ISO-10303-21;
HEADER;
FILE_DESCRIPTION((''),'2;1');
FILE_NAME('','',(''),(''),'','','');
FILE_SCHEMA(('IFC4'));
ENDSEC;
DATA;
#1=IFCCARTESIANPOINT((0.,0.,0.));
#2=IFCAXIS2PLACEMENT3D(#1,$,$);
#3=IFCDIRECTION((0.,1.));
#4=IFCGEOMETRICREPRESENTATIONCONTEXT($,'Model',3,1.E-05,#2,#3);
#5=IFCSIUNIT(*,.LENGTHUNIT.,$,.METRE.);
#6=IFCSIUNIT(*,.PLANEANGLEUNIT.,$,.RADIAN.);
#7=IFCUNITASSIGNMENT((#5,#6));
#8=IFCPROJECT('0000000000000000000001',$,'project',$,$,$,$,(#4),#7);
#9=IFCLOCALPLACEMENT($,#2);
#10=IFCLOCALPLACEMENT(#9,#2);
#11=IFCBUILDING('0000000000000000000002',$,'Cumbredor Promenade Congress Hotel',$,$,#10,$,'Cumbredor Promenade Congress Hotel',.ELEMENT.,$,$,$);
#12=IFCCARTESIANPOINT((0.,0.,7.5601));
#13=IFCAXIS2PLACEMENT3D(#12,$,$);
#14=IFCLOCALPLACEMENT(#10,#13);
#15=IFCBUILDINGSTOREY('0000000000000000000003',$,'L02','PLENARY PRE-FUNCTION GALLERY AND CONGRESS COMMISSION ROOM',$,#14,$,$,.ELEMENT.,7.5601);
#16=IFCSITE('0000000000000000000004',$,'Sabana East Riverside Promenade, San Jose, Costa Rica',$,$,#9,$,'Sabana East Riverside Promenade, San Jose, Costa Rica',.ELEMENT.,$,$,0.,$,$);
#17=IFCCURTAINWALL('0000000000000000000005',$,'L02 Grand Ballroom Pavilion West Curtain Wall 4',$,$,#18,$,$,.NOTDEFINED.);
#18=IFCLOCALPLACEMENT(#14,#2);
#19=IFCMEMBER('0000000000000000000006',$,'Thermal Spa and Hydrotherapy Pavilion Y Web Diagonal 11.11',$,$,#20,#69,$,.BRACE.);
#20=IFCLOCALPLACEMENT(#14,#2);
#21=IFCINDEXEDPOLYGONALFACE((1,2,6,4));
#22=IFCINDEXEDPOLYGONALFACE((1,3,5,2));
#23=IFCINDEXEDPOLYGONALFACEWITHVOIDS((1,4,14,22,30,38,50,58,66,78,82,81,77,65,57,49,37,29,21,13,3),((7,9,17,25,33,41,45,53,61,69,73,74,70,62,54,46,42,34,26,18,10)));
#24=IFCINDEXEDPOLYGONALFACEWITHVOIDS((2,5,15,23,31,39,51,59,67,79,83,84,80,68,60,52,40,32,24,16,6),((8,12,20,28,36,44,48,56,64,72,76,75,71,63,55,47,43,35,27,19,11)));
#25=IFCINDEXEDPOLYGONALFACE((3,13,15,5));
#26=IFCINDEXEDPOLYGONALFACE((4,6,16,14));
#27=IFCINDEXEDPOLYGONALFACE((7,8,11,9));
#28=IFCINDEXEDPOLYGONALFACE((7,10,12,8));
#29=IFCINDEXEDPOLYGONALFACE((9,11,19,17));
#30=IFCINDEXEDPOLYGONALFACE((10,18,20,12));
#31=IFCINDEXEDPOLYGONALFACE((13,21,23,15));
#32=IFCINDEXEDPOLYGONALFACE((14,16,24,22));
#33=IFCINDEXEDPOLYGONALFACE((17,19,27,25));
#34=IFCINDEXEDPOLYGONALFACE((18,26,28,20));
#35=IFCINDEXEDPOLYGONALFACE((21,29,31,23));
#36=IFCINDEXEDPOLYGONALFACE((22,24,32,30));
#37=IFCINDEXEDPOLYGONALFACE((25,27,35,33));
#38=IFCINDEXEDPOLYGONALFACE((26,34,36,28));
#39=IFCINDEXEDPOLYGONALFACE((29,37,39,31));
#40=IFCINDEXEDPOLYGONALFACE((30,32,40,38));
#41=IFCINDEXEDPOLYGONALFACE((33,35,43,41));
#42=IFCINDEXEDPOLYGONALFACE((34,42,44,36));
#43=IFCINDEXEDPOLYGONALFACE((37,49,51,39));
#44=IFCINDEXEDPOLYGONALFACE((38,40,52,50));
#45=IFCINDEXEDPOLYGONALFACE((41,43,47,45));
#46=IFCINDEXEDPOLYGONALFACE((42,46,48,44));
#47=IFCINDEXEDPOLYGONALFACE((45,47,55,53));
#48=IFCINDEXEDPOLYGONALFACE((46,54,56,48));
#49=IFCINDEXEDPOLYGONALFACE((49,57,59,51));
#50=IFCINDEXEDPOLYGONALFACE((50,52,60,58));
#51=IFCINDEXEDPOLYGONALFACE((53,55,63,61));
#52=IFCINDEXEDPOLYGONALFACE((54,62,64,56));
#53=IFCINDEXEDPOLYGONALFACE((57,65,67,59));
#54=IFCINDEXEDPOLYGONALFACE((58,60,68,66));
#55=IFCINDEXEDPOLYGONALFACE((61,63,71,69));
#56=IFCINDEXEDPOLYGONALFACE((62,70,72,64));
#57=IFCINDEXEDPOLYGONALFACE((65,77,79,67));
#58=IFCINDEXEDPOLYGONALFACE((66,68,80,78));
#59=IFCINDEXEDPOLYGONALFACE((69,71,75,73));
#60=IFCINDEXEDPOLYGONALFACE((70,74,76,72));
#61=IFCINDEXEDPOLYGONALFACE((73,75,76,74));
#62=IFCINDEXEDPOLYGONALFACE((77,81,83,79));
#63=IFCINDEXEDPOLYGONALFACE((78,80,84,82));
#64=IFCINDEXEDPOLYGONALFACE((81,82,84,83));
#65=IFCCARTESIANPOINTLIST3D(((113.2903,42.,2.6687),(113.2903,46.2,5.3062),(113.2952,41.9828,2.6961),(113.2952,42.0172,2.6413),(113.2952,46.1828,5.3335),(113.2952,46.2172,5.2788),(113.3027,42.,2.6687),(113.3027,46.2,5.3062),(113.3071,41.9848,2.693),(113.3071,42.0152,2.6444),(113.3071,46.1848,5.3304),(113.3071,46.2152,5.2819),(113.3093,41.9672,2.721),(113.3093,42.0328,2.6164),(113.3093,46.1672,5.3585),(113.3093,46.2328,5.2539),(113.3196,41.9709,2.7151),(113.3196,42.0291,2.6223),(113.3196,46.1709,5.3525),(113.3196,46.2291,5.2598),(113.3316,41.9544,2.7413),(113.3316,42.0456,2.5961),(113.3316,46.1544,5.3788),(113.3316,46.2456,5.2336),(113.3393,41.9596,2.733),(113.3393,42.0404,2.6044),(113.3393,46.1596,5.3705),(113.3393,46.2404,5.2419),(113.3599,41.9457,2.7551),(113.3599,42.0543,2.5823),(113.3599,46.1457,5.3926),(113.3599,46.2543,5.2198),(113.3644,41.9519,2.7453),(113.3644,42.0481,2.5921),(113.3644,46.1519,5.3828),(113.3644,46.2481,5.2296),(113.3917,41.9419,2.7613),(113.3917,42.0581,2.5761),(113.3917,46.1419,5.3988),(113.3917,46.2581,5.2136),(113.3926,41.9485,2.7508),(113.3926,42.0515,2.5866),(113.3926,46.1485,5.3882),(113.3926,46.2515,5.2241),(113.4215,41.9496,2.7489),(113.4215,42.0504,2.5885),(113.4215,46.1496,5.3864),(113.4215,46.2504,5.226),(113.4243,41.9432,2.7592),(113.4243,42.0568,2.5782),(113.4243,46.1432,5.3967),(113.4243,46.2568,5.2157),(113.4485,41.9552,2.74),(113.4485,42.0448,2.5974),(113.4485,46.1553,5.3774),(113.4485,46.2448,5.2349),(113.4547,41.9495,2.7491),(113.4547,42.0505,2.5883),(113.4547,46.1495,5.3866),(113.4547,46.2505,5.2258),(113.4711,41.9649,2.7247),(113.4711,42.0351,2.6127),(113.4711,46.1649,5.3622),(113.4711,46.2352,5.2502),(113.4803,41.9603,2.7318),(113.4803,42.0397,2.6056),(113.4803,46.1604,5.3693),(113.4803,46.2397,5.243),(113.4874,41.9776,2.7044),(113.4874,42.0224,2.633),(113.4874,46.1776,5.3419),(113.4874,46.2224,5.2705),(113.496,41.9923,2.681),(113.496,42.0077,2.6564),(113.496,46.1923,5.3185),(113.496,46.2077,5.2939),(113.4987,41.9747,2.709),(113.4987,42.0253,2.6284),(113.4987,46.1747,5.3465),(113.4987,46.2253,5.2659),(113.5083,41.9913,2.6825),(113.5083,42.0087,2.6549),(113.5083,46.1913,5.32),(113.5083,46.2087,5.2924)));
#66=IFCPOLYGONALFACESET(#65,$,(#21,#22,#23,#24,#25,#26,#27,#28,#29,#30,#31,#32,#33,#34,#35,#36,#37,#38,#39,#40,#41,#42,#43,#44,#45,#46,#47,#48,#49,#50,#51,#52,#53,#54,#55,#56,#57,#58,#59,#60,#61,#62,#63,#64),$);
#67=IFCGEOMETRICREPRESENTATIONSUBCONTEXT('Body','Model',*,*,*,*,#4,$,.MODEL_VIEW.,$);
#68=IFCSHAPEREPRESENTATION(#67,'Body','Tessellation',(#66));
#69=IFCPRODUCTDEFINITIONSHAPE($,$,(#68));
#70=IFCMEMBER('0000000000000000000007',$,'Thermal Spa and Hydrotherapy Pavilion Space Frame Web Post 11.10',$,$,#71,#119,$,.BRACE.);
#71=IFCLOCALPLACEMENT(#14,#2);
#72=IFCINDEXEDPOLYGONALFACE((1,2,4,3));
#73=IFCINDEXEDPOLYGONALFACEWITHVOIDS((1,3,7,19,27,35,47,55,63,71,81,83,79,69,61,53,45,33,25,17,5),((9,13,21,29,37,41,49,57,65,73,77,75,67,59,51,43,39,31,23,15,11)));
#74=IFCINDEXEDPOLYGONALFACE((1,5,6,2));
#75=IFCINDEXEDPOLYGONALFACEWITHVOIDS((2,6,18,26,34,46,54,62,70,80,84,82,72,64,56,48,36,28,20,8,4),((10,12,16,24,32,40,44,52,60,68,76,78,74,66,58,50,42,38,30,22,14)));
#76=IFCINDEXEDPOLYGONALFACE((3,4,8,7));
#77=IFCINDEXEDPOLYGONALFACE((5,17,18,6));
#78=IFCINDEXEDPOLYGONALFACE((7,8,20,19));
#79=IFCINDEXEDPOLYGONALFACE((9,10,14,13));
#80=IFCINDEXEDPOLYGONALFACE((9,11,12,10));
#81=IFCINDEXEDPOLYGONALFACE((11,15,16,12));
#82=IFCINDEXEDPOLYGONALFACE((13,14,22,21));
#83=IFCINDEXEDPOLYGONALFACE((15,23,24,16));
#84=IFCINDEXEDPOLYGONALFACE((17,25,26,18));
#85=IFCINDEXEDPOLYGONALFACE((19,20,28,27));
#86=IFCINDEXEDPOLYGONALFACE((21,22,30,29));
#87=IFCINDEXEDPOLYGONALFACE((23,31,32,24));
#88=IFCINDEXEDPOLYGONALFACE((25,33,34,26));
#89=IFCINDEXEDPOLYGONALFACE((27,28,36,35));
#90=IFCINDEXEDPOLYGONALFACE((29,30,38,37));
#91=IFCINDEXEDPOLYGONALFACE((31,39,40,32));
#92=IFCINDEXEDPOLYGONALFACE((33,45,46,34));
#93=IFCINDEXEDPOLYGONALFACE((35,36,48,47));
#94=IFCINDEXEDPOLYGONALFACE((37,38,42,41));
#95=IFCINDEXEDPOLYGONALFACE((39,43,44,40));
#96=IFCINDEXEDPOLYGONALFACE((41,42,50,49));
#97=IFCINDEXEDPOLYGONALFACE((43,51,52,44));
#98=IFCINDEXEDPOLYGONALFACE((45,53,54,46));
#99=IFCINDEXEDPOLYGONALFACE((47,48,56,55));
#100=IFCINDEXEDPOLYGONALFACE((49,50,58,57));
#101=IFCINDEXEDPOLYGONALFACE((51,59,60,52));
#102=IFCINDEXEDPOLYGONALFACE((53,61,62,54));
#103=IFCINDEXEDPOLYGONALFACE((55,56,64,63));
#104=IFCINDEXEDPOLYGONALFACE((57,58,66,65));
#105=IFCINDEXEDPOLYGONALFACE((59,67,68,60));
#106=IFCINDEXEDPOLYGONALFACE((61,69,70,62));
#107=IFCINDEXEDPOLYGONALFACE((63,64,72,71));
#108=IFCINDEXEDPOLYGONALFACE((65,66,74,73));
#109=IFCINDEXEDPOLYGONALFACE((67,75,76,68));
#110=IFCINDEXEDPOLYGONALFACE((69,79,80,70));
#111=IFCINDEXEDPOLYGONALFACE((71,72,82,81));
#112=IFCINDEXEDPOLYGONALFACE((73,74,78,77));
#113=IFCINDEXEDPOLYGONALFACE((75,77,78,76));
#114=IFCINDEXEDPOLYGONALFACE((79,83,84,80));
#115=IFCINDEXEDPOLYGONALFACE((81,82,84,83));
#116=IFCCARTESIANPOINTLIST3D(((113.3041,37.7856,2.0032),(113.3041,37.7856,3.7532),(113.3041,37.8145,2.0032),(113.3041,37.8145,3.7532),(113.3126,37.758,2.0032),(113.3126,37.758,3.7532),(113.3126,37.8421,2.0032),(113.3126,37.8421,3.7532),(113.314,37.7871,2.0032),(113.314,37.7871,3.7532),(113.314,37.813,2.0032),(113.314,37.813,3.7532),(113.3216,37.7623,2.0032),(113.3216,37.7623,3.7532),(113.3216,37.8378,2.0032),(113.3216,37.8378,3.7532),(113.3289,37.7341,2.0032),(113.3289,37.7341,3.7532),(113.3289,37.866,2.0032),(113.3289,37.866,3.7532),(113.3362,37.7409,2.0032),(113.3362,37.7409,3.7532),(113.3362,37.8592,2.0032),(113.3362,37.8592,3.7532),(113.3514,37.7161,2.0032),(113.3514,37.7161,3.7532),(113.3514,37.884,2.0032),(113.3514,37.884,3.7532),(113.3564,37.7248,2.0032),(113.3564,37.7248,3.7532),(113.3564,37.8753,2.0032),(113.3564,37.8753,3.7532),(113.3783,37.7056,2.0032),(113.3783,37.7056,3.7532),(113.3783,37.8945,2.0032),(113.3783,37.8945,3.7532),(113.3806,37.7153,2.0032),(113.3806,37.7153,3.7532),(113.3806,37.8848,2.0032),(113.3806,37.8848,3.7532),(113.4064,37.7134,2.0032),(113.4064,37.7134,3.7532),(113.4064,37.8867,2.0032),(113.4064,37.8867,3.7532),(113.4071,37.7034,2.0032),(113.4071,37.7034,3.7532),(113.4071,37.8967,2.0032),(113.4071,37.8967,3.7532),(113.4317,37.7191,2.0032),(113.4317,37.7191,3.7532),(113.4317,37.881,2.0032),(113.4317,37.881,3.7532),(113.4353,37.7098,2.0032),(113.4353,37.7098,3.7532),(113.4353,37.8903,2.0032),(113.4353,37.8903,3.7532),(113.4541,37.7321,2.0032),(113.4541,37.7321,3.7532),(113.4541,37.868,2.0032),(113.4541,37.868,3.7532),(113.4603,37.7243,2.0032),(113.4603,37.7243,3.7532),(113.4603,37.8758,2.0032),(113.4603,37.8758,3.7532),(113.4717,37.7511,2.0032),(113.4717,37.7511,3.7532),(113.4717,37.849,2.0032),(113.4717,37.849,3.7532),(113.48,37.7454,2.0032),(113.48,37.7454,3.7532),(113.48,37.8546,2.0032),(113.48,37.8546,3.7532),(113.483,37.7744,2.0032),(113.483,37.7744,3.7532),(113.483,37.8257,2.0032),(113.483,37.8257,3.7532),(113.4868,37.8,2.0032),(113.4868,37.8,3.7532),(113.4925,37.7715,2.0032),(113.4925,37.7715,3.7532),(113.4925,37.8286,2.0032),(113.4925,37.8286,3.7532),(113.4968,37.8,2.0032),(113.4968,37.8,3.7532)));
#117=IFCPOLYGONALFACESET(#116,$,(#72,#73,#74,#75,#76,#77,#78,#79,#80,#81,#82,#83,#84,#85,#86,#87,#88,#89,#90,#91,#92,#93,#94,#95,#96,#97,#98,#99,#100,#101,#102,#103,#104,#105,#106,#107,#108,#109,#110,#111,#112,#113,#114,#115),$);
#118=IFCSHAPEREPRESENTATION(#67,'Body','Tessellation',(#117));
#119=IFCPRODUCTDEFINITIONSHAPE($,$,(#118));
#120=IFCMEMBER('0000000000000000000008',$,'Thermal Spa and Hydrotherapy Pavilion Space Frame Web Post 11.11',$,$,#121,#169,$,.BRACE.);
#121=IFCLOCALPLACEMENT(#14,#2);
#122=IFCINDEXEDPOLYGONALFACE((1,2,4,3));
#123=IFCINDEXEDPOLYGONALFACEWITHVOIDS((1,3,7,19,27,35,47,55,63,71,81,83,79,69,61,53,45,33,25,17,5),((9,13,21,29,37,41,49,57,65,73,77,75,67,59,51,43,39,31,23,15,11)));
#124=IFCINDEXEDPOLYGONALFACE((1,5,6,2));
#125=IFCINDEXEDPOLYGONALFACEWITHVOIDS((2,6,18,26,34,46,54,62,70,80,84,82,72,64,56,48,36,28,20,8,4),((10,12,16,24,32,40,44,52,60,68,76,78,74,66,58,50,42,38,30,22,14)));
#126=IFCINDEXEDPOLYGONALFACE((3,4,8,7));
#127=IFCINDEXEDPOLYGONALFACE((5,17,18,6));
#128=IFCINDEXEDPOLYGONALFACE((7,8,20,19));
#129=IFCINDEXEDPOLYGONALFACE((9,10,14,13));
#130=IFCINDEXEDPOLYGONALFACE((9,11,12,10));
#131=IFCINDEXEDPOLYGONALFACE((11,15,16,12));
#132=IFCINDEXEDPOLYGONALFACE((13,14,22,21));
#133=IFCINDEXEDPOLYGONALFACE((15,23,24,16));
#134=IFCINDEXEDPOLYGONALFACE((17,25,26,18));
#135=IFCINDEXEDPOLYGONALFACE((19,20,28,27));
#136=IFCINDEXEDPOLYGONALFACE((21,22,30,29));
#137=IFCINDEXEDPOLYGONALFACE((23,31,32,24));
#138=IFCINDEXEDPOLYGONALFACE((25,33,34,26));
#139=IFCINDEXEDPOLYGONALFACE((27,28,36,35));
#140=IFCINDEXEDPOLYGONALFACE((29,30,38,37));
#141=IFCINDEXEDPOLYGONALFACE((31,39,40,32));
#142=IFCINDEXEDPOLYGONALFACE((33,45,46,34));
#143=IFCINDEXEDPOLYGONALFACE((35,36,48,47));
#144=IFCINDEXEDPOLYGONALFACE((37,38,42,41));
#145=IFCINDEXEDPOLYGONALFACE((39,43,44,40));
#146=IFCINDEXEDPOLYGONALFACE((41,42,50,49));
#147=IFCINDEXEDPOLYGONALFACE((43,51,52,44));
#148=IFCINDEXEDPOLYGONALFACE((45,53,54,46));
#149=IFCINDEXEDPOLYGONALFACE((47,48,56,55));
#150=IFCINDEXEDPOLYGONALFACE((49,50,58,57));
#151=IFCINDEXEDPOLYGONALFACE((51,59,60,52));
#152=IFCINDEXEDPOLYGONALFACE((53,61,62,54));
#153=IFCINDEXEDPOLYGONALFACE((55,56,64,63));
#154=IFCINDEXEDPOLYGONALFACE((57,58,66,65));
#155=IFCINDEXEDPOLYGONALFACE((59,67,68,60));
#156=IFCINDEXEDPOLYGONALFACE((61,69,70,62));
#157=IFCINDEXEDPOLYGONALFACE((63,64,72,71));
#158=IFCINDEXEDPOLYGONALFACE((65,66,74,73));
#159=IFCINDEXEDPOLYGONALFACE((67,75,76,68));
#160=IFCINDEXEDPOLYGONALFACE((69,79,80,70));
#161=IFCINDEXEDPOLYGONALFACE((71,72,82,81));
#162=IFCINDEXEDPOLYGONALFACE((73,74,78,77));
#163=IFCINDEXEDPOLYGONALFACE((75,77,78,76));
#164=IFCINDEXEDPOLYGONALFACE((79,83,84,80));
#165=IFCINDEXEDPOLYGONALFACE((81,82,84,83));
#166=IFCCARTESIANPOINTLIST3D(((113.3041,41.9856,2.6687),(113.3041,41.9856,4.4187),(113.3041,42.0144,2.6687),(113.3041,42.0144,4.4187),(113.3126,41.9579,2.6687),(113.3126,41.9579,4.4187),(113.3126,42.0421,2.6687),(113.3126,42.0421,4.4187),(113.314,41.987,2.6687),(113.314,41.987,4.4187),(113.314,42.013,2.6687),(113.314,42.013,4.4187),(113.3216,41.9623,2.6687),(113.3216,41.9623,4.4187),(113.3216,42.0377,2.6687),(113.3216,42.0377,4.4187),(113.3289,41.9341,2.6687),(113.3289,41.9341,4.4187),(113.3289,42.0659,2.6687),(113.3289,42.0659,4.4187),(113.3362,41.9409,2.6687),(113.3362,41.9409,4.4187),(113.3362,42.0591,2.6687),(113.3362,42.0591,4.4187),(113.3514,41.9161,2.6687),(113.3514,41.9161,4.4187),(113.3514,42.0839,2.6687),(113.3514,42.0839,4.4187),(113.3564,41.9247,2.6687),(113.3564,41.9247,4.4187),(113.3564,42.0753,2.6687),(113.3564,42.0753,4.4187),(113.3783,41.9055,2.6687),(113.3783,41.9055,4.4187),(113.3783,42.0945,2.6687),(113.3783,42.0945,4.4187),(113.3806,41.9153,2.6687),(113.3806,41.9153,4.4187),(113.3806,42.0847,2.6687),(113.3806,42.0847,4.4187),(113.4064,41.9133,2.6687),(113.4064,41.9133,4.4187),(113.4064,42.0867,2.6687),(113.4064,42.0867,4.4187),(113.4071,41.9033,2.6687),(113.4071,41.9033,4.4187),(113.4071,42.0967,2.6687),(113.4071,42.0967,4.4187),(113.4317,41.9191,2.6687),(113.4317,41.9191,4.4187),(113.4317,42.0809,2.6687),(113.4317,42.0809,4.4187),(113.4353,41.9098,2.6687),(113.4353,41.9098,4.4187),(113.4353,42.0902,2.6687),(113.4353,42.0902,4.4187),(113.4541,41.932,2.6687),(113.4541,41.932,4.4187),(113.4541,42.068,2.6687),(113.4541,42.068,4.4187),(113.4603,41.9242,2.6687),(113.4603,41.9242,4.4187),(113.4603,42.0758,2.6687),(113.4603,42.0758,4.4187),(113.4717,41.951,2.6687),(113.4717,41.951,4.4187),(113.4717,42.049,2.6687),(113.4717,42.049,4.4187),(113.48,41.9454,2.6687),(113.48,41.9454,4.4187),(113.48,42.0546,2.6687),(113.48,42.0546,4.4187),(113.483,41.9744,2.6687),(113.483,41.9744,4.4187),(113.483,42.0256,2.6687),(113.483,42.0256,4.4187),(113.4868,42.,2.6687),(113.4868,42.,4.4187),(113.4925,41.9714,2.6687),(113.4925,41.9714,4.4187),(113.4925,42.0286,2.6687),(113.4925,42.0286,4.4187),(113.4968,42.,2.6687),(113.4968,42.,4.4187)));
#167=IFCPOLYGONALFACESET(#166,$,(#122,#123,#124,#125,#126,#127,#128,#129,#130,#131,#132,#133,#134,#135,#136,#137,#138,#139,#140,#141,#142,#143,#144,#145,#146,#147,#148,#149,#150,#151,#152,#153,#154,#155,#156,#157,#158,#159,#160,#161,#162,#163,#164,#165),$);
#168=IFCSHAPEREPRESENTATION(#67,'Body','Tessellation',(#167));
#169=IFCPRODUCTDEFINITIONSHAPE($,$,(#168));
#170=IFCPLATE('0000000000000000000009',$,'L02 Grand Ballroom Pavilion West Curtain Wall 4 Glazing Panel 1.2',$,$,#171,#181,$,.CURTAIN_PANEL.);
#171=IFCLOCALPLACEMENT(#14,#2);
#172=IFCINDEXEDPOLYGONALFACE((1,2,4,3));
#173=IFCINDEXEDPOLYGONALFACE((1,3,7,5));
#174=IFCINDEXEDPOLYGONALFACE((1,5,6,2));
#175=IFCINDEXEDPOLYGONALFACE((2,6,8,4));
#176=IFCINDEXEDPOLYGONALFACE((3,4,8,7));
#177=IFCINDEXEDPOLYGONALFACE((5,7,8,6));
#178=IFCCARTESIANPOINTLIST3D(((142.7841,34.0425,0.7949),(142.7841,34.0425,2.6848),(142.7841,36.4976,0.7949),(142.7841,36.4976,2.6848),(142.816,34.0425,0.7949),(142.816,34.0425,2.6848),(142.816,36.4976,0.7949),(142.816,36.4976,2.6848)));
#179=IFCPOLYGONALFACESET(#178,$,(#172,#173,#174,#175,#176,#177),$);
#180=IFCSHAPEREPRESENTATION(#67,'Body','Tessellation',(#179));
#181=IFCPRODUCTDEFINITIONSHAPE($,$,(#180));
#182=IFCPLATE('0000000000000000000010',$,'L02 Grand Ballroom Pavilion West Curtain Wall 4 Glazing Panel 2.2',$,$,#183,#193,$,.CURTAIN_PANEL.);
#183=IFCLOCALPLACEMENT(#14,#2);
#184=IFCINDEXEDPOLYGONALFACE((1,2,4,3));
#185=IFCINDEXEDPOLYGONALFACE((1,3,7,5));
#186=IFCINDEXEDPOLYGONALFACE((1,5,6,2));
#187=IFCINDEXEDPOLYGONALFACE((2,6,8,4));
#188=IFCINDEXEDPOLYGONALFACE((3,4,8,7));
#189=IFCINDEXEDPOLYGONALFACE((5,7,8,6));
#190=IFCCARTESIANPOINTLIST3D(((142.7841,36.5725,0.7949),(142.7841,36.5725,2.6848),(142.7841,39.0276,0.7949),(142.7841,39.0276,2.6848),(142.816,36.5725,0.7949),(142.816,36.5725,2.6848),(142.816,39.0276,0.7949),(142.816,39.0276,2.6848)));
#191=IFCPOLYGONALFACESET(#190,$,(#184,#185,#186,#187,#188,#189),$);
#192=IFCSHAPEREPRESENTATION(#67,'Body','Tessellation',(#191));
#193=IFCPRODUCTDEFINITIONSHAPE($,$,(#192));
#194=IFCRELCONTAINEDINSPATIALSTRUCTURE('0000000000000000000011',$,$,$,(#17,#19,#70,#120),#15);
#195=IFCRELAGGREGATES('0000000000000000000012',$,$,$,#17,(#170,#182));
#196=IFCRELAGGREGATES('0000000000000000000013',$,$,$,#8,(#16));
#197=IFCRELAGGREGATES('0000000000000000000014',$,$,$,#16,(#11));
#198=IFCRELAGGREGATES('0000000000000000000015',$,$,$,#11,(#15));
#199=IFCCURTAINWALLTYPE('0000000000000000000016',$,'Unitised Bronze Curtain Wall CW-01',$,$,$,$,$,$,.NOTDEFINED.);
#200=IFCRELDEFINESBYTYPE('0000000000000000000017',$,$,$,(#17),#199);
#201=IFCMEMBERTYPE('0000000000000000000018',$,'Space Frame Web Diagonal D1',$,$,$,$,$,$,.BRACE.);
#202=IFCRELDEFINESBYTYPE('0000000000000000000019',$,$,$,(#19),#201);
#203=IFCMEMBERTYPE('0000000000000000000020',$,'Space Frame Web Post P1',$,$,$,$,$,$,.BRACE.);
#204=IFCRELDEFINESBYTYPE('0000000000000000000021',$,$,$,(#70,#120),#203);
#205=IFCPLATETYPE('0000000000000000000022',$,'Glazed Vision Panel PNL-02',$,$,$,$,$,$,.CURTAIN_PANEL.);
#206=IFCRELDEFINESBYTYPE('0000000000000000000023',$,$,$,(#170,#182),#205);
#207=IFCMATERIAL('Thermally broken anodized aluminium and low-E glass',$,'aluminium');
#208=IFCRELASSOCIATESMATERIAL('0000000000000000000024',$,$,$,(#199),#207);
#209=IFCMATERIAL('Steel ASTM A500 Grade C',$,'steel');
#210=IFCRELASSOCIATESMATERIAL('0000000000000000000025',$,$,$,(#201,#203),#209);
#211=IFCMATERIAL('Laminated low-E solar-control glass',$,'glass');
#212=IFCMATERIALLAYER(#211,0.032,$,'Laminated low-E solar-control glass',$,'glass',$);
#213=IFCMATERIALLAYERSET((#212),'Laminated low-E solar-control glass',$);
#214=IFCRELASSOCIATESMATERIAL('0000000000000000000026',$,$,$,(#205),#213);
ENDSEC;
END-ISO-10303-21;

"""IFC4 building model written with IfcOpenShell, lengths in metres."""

from ifc_helpers import new_model, si_unit, direction, frame, origin, origin_2d, place, context, subcontext, project, spatial, rectangle, hollow_circle, extrude, material, layer, layer_set, material_profile, profile_set, type_object, element, aggregate, save


model = new_model("IFC4")

# Units and contexts
model_context = context("Model", 3, precision=1e-05, world=origin(), true_north=direction((0.0, 1.0)))
body_context = subcontext(model_context, "Body", "Model", "MODEL_VIEW")
ifc_project = project(units=[si_unit("LENGTHUNIT", "METRE"), si_unit("PLANEANGLEUNIT", "RADIAN")], contexts=[model_context])

# Site, building, storey
site_placement = place(None, origin())
site = spatial("IfcSite", under=ifc_project, at=site_placement, Name="Sabana East Riverside Promenade, San Jose, Costa Rica", LongName="Sabana East Riverside Promenade, San Jose, Costa Rica", CompositionType="ELEMENT", RefElevation=0.0)
building_placement = place(site_placement, origin())
building = spatial("IfcBuilding", under=site, at=building_placement, Name="Cumbredor Promenade Congress Hotel", LongName="Cumbredor Promenade Congress Hotel", CompositionType="ELEMENT")
storey_placement = place(building_placement, frame((0.0, 0.0, 7.5601)))
storey = spatial("IfcBuildingStorey", under=building, at=storey_placement, Name="L02", Description="PLENARY PRE-FUNCTION GALLERY AND CONGRESS COMMISSION ROOM", CompositionType="ELEMENT", Elevation=7.5601)

# Shared definitions
ifc_material_1 = material(Name="Thermally broken anodized aluminium and low-E glass", Category="aluminium")
curtain_wall_type = type_object("IfcCurtainWallType", Name="Unitised Bronze Curtain Wall CW-01", PredefinedType="NOTDEFINED", material=ifc_material_1)

# Curtain wall
curtain_wall_1_placement = place(storey_placement, origin())
curtain_wall_1 = element("IfcCurtainWall", 1, at=curtain_wall_1_placement, inside=storey, type_object=curtain_wall_type, Name="L02 Grand Ballroom Pavilion West Curtain Wall 4", PredefinedType="NOTDEFINED")

# Members
ifc_material_2 = material(Name="Steel ASTM A500 Grade C", Category="steel")
ifc_material_profile_1 = material_profile(ifc_material_2, hollow_circle(Radius=0.1096, WallThickness=0.0125, at=origin_2d()), Name="CHS 219.1x12.5")
ifc_profile_set_1 = profile_set([ifc_material_profile_1], Name="Steel ASTM A500 Grade C")
member_type_1 = type_object("IfcMemberType", Name="Space Frame Web Diagonal D1", PredefinedType="BRACE", material=ifc_profile_set_1)
member_1_placement = place(storey_placement, frame((113.3999, 42.0, 2.6687), z_axis=(0.0, 0.846865, 0.531808), x_axis=(-1.0, 0.0, 0.0)))
element("IfcMember", 2, at=member_1_placement, inside=storey, type_object=member_type_1, Name="Thermal Spa and Hydrotherapy Pavilion Y Web Diagonal 11.11", PredefinedType="BRACE", context=body_context, shape_type="SweptSolid", body=[
    extrude(hollow_circle(Radius=0.1096, WallThickness=0.0125, at=origin_2d()), origin(), (0.0, 0.0, 1.0), 4.9595),
])
ifc_material_profile_2 = material_profile(ifc_material_2, hollow_circle(Radius=0.0969, WallThickness=0.01, at=origin_2d()), Name="CHS 193.7x10")
ifc_profile_set_2 = profile_set([ifc_material_profile_2], Name="Steel ASTM A500 Grade C")
member_type_2 = type_object("IfcMemberType", Name="Space Frame Web Post P1", PredefinedType="BRACE", material=ifc_profile_set_2)
for number, where, z_axis, x_axis, name in (
    (3, (113.3999, 37.8, 2.0032), (0.0, 0.0, 1.0), (1.0, 0.0, 0.0), "Thermal Spa and Hydrotherapy Pavilion Space Frame Web Post 11.10"),
    (4, (113.3999, 42.0, 2.6687), (0.0, 0.0, 1.0), (1.0, 0.0, 0.0), "Thermal Spa and Hydrotherapy Pavilion Space Frame Web Post 11.11"),
):
    element("IfcMember", number, at=place(storey_placement, frame(where, z_axis=z_axis, x_axis=x_axis)), inside=storey, type_object=member_type_2, Name=name, PredefinedType="BRACE", context=body_context, shape_type="SweptSolid", body=[
        extrude(hollow_circle(Radius=0.0969, WallThickness=0.01, at=origin_2d()), origin(), (0.0, 0.0, 1.0), 1.75),
    ])

# Plates
ifc_material_3 = material(Name="Laminated low-E solar-control glass", Category="glass")
ifc_layer_1 = layer(ifc_material_3, 0.032, Name="Laminated low-E solar-control glass", Category="glass")
ifc_layer_set_1 = layer_set([ifc_layer_1], Name="Laminated low-E solar-control glass")
plate_type_1 = type_object("IfcPlateType", Name="Glazed Vision Panel PNL-02", PredefinedType="CURTAIN_PANEL", material=ifc_layer_set_1)
plate_1_placement = place(storey_placement, frame((142.8, 35.27, 0.7949), z_axis=(0.0, 0.0, 1.0), x_axis=(0.0, 1.0, 0.0)))
plate_1 = element("IfcPlate", 5, at=plate_1_placement, type_object=plate_type_1, Name="L02 Grand Ballroom Pavilion West Curtain Wall 4 Glazing Panel 1.2", PredefinedType="CURTAIN_PANEL", context=body_context, shape_type="SweptSolid", body=[
    extrude(rectangle(XDim=2.4551, YDim=0.032, at=origin_2d()), origin(), (0.0, 0.0, 1.0), 1.8899),
])
plate_2_placement = place(storey_placement, frame((142.8, 37.8, 0.7949), z_axis=(0.0, 0.0, 1.0), x_axis=(0.0, 1.0, 0.0)))
plate_2 = element("IfcPlate", 6, at=plate_2_placement, type_object=plate_type_1, Name="L02 Grand Ballroom Pavilion West Curtain Wall 4 Glazing Panel 2.2", PredefinedType="CURTAIN_PANEL", context=body_context, shape_type="SweptSolid", body=[
    extrude(rectangle(XDim=2.4551, YDim=0.032, at=origin_2d()), origin(), (0.0, 0.0, 1.0), 1.8899),
])
aggregate(curtain_wall_1, [plate_1, plate_2])

save(model, "model.ifc")
